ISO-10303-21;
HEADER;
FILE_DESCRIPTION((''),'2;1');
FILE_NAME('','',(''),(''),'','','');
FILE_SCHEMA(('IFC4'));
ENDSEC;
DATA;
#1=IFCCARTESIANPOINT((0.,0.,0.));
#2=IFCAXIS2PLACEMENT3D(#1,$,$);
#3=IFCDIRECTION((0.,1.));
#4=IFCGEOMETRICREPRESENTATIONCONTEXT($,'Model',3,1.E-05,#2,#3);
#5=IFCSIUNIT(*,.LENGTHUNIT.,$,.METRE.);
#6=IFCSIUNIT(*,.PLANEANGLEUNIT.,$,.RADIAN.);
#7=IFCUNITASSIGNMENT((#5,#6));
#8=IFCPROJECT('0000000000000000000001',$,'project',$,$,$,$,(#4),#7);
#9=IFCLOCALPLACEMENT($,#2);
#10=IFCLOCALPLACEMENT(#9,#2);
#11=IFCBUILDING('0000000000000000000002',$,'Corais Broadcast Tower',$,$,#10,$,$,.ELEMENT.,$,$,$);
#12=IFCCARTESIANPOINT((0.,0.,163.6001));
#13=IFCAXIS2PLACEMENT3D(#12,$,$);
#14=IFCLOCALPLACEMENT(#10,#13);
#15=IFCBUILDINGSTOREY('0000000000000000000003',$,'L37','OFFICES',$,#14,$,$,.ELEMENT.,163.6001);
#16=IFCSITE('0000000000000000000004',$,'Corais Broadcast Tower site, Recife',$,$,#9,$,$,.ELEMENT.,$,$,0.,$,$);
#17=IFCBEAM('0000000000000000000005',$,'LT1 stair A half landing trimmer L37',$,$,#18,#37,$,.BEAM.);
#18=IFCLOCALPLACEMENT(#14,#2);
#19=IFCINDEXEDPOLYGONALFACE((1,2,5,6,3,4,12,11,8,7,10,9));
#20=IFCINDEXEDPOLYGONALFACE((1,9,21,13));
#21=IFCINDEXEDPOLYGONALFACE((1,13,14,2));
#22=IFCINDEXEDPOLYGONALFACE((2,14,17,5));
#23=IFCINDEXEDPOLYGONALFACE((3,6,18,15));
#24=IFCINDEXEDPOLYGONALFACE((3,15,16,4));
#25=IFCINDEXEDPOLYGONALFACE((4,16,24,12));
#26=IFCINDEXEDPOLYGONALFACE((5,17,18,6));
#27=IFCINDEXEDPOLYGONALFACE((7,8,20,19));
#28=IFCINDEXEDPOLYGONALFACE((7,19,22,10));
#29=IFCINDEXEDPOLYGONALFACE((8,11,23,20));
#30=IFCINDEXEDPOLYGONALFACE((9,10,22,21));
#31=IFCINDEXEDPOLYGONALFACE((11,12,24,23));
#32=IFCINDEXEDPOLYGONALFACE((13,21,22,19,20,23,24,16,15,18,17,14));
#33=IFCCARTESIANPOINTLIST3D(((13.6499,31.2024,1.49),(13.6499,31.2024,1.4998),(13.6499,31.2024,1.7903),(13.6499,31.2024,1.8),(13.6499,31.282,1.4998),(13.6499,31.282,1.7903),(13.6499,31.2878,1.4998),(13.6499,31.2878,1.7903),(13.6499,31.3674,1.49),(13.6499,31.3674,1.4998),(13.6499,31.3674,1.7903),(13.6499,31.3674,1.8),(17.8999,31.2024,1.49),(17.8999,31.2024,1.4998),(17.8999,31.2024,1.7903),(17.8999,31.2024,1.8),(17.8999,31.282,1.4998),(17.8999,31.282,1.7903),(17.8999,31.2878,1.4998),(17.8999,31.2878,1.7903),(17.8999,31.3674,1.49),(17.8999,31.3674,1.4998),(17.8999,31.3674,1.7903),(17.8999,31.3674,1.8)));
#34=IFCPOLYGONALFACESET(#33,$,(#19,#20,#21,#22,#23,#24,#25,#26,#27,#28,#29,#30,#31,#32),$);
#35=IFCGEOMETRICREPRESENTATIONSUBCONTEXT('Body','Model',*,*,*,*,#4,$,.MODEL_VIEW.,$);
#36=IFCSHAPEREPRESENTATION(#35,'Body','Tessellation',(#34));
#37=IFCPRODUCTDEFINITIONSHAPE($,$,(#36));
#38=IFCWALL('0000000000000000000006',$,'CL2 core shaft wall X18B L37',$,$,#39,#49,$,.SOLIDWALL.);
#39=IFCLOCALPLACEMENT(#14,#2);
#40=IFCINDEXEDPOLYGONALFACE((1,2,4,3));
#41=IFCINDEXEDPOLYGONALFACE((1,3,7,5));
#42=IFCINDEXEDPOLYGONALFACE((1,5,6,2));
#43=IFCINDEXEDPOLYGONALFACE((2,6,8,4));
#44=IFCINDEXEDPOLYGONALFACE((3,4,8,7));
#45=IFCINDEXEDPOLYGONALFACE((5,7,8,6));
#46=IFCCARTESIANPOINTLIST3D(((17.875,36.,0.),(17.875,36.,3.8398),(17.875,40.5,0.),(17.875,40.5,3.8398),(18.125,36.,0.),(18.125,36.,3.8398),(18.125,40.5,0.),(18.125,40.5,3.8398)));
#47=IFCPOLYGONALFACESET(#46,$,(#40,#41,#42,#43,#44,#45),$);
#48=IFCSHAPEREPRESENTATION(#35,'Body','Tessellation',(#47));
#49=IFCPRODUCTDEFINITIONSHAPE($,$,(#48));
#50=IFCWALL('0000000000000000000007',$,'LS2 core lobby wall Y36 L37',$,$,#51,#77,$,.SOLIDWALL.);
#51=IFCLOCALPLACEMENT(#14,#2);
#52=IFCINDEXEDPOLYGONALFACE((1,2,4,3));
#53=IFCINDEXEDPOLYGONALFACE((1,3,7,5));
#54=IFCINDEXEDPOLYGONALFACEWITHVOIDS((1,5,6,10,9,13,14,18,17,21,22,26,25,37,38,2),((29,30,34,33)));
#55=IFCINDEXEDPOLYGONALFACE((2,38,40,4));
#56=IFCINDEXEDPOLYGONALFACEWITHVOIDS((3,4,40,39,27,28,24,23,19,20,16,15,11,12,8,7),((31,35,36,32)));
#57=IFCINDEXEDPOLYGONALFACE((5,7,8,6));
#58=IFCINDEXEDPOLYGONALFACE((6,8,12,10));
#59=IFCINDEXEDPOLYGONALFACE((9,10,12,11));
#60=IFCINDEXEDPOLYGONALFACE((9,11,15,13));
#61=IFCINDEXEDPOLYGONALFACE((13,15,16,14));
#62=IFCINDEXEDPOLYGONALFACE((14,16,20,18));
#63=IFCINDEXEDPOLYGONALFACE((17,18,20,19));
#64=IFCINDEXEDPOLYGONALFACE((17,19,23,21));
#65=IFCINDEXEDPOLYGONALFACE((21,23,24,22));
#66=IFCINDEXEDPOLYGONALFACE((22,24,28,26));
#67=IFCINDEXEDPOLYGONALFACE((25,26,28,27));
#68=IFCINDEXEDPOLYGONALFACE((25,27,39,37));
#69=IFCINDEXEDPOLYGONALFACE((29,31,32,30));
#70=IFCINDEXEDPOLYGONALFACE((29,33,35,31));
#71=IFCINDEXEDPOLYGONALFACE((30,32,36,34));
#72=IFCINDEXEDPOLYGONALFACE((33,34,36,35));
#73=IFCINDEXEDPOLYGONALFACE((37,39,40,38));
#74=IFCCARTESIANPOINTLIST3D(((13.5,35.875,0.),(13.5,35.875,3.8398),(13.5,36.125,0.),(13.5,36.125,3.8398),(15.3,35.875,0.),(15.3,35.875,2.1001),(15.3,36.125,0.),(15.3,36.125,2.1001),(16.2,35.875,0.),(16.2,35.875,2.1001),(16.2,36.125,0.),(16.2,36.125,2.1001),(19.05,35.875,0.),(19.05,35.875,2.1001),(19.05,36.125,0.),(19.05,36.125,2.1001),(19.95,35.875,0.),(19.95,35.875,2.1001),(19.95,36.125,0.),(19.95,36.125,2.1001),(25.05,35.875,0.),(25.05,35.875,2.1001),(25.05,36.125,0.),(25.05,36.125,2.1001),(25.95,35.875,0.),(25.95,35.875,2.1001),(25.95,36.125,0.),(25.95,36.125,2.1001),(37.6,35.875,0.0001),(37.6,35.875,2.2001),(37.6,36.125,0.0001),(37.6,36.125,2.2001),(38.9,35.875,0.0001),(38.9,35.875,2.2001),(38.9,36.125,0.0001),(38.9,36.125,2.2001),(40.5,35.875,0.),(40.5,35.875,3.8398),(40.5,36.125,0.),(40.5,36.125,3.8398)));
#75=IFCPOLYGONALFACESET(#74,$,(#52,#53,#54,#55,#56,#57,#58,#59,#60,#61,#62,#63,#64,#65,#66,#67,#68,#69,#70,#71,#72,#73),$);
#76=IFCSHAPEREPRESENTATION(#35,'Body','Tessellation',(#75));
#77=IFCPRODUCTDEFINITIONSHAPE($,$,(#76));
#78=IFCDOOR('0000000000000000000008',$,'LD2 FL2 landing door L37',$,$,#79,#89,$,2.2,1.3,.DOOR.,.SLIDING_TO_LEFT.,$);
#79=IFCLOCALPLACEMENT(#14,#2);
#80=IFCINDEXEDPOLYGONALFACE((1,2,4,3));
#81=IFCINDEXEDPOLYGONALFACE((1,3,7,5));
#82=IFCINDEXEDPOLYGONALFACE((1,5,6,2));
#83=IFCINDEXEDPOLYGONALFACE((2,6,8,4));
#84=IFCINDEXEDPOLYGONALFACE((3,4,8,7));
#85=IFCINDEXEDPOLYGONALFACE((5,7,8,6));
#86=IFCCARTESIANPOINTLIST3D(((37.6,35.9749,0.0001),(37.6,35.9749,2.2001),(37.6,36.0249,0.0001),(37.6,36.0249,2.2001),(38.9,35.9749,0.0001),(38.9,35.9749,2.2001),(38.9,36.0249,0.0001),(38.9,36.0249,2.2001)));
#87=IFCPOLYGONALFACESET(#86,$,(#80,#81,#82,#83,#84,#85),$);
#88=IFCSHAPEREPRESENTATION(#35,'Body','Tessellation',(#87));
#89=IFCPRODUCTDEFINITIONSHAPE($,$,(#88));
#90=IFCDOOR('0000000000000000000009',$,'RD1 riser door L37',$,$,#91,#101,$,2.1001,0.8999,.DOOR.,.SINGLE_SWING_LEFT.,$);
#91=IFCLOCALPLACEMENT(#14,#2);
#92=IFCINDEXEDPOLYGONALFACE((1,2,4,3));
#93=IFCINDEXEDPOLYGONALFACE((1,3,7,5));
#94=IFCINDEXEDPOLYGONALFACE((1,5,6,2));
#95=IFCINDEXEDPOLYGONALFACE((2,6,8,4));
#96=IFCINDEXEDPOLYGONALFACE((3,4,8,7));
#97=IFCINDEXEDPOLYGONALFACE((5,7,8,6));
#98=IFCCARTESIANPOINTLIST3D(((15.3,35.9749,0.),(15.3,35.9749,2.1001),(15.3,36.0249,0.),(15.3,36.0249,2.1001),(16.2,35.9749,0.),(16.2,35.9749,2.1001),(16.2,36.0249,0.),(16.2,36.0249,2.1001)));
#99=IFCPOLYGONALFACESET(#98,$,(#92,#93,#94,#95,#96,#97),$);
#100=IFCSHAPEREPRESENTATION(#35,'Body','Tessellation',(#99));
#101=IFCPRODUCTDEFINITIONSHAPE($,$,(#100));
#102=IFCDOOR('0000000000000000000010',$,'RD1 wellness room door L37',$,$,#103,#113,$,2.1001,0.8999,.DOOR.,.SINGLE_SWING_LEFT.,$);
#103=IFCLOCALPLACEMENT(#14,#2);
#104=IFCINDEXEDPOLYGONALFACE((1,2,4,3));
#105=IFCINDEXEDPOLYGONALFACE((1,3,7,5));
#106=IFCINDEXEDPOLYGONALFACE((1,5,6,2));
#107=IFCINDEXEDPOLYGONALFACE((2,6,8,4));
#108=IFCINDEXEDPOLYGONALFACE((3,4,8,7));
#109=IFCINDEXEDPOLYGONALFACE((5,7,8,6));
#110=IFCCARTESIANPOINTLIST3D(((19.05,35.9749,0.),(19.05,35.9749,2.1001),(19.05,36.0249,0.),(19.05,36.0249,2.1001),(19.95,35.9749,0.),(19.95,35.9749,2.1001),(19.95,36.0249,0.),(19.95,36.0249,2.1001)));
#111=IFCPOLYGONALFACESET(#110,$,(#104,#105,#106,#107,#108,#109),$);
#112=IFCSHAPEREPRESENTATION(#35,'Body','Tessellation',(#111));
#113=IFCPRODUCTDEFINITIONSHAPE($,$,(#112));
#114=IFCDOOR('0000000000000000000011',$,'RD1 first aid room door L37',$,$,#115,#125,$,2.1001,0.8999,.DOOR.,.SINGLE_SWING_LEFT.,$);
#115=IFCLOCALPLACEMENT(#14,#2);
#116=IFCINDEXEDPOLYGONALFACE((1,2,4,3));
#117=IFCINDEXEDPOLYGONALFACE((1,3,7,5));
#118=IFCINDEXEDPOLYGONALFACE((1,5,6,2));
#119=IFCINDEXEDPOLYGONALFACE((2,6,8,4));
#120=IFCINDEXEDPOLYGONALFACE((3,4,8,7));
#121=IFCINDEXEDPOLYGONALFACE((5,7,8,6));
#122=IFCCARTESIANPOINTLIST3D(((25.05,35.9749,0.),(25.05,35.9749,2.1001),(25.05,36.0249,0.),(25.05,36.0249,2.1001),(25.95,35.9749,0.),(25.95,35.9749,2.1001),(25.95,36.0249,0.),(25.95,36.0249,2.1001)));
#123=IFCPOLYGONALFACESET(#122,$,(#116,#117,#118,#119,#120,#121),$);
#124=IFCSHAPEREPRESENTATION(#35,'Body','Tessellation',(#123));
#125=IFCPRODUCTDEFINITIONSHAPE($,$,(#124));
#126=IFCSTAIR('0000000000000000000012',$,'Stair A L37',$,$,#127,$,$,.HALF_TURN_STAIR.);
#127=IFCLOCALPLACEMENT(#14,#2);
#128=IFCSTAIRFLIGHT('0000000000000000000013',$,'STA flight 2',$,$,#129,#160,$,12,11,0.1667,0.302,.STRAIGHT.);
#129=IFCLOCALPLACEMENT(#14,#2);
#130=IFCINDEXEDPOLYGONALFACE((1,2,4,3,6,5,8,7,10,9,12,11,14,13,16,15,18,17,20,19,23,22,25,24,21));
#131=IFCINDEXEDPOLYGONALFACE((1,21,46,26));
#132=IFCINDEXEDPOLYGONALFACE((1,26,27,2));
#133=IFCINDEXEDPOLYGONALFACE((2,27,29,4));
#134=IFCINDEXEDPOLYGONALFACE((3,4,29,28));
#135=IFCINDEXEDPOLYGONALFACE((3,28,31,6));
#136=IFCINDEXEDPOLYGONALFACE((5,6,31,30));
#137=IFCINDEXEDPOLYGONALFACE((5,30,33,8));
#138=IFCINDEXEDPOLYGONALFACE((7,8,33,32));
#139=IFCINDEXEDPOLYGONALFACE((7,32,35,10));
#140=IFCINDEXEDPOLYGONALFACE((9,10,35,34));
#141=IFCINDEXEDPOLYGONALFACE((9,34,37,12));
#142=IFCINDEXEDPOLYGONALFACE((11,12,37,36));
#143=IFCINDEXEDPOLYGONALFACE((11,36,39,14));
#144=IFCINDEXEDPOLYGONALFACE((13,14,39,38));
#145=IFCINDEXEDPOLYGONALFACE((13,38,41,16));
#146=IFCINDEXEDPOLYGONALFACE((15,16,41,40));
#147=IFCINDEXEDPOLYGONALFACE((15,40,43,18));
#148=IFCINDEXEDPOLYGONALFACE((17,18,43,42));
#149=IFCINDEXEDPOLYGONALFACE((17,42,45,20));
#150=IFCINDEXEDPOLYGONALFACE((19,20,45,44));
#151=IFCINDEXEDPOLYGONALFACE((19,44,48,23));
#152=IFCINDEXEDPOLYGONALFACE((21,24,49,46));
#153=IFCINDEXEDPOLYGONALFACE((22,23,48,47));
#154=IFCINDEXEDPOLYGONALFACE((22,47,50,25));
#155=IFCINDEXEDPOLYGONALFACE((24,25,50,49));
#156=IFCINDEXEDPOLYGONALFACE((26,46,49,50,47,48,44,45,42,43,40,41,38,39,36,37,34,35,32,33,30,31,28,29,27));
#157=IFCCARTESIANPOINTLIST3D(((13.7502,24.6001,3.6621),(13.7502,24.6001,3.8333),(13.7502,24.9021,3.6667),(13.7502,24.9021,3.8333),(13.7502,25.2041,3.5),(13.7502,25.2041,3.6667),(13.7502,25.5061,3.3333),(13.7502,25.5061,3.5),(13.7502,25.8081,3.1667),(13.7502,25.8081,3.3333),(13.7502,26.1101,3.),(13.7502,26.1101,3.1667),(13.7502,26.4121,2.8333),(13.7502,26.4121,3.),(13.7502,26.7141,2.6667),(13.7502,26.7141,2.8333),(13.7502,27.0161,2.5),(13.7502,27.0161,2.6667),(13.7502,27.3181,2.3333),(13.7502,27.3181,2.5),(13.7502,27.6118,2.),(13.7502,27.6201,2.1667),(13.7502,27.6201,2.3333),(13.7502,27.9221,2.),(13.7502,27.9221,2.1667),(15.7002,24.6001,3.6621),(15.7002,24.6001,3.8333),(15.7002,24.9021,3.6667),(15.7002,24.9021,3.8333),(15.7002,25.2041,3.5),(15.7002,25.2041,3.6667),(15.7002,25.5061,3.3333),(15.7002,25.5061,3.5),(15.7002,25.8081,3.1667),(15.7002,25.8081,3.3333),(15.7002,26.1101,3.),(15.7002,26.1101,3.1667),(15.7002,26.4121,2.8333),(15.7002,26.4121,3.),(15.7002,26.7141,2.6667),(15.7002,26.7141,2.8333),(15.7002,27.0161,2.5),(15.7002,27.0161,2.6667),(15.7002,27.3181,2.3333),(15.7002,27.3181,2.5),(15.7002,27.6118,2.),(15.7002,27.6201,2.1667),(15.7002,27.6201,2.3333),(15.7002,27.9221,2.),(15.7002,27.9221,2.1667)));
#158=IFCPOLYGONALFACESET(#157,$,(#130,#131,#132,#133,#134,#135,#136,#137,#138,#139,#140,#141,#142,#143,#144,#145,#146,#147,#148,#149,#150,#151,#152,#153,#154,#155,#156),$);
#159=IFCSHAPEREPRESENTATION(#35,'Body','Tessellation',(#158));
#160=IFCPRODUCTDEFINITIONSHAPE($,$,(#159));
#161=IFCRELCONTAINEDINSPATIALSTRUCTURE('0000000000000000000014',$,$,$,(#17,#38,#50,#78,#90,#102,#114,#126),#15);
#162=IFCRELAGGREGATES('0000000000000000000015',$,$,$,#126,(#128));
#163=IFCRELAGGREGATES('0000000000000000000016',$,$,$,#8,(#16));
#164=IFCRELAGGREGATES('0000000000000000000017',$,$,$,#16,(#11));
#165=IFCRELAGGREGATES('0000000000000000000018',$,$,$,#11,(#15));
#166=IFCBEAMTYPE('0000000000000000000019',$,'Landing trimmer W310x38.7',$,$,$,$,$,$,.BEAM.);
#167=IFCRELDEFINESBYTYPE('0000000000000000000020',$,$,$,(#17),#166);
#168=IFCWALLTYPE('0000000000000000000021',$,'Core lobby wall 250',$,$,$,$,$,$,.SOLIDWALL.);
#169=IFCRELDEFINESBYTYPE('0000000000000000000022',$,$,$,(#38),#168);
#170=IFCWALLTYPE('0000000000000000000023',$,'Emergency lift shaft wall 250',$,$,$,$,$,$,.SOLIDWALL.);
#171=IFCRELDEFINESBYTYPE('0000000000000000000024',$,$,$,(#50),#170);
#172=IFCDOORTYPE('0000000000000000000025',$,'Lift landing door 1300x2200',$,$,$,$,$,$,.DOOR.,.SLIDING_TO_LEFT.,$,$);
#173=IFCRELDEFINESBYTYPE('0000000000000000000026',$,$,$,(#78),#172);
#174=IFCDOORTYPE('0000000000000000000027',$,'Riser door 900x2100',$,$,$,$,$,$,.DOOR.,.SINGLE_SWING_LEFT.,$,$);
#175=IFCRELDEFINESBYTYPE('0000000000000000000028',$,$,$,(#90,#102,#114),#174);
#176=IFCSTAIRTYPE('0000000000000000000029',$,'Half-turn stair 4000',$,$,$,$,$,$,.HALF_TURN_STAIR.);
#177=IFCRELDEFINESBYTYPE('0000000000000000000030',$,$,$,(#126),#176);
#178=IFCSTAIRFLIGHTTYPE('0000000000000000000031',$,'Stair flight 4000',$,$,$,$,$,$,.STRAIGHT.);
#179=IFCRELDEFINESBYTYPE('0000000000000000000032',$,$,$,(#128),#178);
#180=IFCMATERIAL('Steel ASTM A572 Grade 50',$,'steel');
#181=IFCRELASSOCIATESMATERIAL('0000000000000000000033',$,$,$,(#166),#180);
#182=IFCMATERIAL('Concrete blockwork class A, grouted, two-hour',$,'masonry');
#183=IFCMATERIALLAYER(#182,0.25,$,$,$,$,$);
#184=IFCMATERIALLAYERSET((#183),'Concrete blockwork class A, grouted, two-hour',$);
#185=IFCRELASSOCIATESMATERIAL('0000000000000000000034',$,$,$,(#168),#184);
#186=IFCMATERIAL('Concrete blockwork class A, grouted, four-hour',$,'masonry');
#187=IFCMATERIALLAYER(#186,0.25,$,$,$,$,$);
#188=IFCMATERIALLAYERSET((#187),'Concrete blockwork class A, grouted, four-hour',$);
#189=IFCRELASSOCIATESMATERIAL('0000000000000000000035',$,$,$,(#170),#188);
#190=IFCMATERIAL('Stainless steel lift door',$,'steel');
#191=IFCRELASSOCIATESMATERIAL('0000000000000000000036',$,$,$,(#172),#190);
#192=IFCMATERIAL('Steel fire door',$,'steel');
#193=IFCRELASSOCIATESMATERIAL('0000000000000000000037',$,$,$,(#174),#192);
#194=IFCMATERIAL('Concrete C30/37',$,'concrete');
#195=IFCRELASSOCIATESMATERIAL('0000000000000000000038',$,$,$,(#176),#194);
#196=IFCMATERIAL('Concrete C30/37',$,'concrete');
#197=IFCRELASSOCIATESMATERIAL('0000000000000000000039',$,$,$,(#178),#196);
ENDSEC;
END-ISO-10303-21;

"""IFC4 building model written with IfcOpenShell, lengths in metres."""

from ifc_helpers import new_model, si_unit, direction, frame, frame_2d, origin, origin_2d, place, context, subcontext, project, spatial, polyline, rectangle, i_section, outline, extrude, material, layer, layer_set, material_profile, profile_set, type_object, element, fill, aggregate, save


model = new_model("IFC4")

# Units and contexts
model_context = context("Model", 3, precision=1e-05, world=origin(), true_north=direction((0.0, 1.0)))
body_context = subcontext(model_context, "Body", "Model", "MODEL_VIEW")
ifc_project = project(units=[si_unit("LENGTHUNIT", "METRE"), si_unit("PLANEANGLEUNIT", "RADIAN")], contexts=[model_context])

# Site, building, storey
site_placement = place(None, origin())
site = spatial("IfcSite", under=ifc_project, at=site_placement, Name="Corais Broadcast Tower site, Recife", CompositionType="ELEMENT", RefElevation=0.0)
building_placement = place(site_placement, origin())
building = spatial("IfcBuilding", under=site, at=building_placement, Name="Corais Broadcast Tower", CompositionType="ELEMENT")
storey_placement = place(building_placement, frame((0.0, 0.0, 163.6001)))
storey = spatial("IfcBuildingStorey", under=building, at=storey_placement, Name="L37", Description="OFFICES", CompositionType="ELEMENT", Elevation=163.6001)

# Beam
ifc_material_1 = material(Name="Steel ASTM A572 Grade 50", Category="steel")
ifc_material_profile = material_profile(ifc_material_1, i_section(OverallWidth=0.165, OverallDepth=0.3101, WebThickness=0.0059, FlangeThickness=0.0098, at=origin_2d()), Name="W310x38.7")
ifc_profile_set = profile_set([ifc_material_profile], Name="Steel ASTM A572 Grade 50")
beam_type = type_object("IfcBeamType", Name="Landing trimmer W310x38.7", PredefinedType="BEAM", material=ifc_profile_set)
beam_placement = place(storey_placement, frame((13.6499, 31.2849, 1.645), z_axis=(1.0, 0.0, 0.0), x_axis=(0.0, 1.0, 0.0)))
element("IfcBeam", 1, at=beam_placement, inside=storey, type_object=beam_type, Name="LT1 stair A half landing trimmer L37", PredefinedType="BEAM", context=body_context, shape_type="SweptSolid", body=[
    extrude(i_section(OverallWidth=0.165, OverallDepth=0.3101, WebThickness=0.0059, FlangeThickness=0.0098, at=origin_2d()), origin(), (0.0, 0.0, 1.0), 4.25),
])

# Wall
ifc_material_2 = material(Name="Concrete blockwork class A, grouted, two-hour", Category="masonry")
ifc_layer_1 = layer(ifc_material_2, 0.25)
ifc_layer_set_1 = layer_set([ifc_layer_1], Name="Concrete blockwork class A, grouted, two-hour")
wall_type_1 = type_object("IfcWallType", Name="Core lobby wall 250", PredefinedType="SOLIDWALL", material=ifc_layer_set_1)
wall_1_placement = place(storey_placement, frame((18.0, 36.0, 0.0), z_axis=(0.0, 0.0, 1.0), x_axis=(0.0, 1.0, 0.0)))
element("IfcWall", 2, at=wall_1_placement, inside=storey, type_object=wall_type_1, Name="CL2 core shaft wall X18B L37", PredefinedType="SOLIDWALL", context=body_context, shape_type="SweptSolid", body=[
    extrude(rectangle(XDim=4.5, YDim=0.25, at=frame_2d((2.25, 0.0))), origin(), (0.0, 0.0, 1.0), 3.8398),
])

# Wall, openings, doors
ifc_material_3 = material(Name="Concrete blockwork class A, grouted, four-hour", Category="masonry")
ifc_layer_2 = layer(ifc_material_3, 0.25)
ifc_layer_set_2 = layer_set([ifc_layer_2], Name="Concrete blockwork class A, grouted, four-hour")
wall_type_2 = type_object("IfcWallType", Name="Emergency lift shaft wall 250", PredefinedType="SOLIDWALL", material=ifc_layer_set_2)
wall_2_placement = place(storey_placement, frame((13.5, 36.0, 0.0), z_axis=(0.0, 0.0, 1.0), x_axis=(1.0, 0.0, 0.0)))
wall_2 = element("IfcWall", 3, at=wall_2_placement, inside=storey, type_object=wall_type_2, Name="LS2 core lobby wall Y36 L37", PredefinedType="SOLIDWALL", context=body_context, shape_type="SweptSolid", body=[
    extrude(rectangle(XDim=27.0, YDim=0.25, at=frame_2d((13.5, 0.0))), origin(), (0.0, 0.0, 1.0), 3.8398),
])
opening_1_placement = place(wall_2_placement, frame((1.8, 0.0, 0.0)))
opening_1 = element("IfcOpeningElement", 4, at=opening_1_placement, cuts=wall_2, PredefinedType="OPENING", context=body_context, shape_type="SweptSolid", body=[
    extrude(rectangle(XDim=0.8999, YDim=2.1001, at=frame_2d((0.45, 1.05))), frame((0.0, 0.135, 0.0), z_axis=(0.0, -1.0, 0.0), x_axis=(1.0, 0.0, 0.0)), (0.0, 0.0, 1.0), 0.27),
])
opening_2_placement = place(wall_2_placement, frame((5.55, 0.0, 0.0)))
opening_2 = element("IfcOpeningElement", 5, at=opening_2_placement, cuts=wall_2, PredefinedType="OPENING", context=body_context, shape_type="SweptSolid", body=[
    extrude(rectangle(XDim=0.8999, YDim=2.1001, at=frame_2d((0.45, 1.05))), frame((0.0, 0.135, 0.0), z_axis=(0.0, -1.0, 0.0), x_axis=(1.0, 0.0, 0.0)), (0.0, 0.0, 1.0), 0.27),
])
opening_3_placement = place(wall_2_placement, frame((11.55, 0.0, 0.0)))
opening_3 = element("IfcOpeningElement", 6, at=opening_3_placement, cuts=wall_2, PredefinedType="OPENING", context=body_context, shape_type="SweptSolid", body=[
    extrude(rectangle(XDim=0.8999, YDim=2.1001, at=frame_2d((0.45, 1.05))), frame((0.0, 0.135, 0.0), z_axis=(0.0, -1.0, 0.0), x_axis=(1.0, 0.0, 0.0)), (0.0, 0.0, 1.0), 0.27),
])
opening_4_placement = place(wall_2_placement, frame((24.1001, 0.0, 0.0)))
opening_4 = element("IfcOpeningElement", 7, at=opening_4_placement, cuts=wall_2, PredefinedType="OPENING", context=body_context, shape_type="SweptSolid", body=[
    extrude(rectangle(XDim=1.3, YDim=2.2, at=frame_2d((0.6499, 1.1001))), frame((0.0, 0.135, 0.0), z_axis=(0.0, -1.0, 0.0), x_axis=(1.0, 0.0, 0.0)), (0.0, 0.0, 1.0), 0.27),
])
ifc_material_4 = material(Name="Stainless steel lift door", Category="steel")
door_type_1 = type_object("IfcDoorType", Name="Lift landing door 1300x2200", OperationType="SLIDING_TO_LEFT", PredefinedType="DOOR", material=ifc_material_4)
door_1_placement = place(opening_4_placement, origin())
door_1 = element("IfcDoor", 8, at=door_1_placement, inside=storey, type_object=door_type_1, Name="LD2 FL2 landing door L37", OperationType="SLIDING_TO_LEFT", OverallHeight=2.2, OverallWidth=1.3, PredefinedType="DOOR", context=body_context, shape_type="SweptSolid", body=[
    extrude(rectangle(XDim=1.3, YDim=2.2, at=frame_2d((0.6499, 1.1001))), frame((0.0, 0.0249, 0.0), z_axis=(0.0, -1.0, 0.0), x_axis=(1.0, 0.0, 0.0)), (0.0, 0.0, 1.0), 0.05),
])
fill(opening_4, door_1)
ifc_material_5 = material(Name="Steel fire door", Category="steel")
door_type_2 = type_object("IfcDoorType", Name="Riser door 900x2100", OperationType="SINGLE_SWING_LEFT", PredefinedType="DOOR", material=ifc_material_5)
door_2_placement = place(opening_1_placement, origin())
door_2 = element("IfcDoor", 9, at=door_2_placement, inside=storey, type_object=door_type_2, Name="RD1 riser door L37", OperationType="SINGLE_SWING_LEFT", OverallHeight=2.1001, OverallWidth=0.8999, PredefinedType="DOOR", context=body_context, shape_type="SweptSolid", body=[
    extrude(rectangle(XDim=0.8999, YDim=2.1001, at=frame_2d((0.45, 1.05))), frame((0.0, 0.0249, 0.0), z_axis=(0.0, -1.0, 0.0), x_axis=(1.0, 0.0, 0.0)), (0.0, 0.0, 1.0), 0.05),
])
fill(opening_1, door_2)
door_3_placement = place(opening_2_placement, origin())
door_3 = element("IfcDoor", 10, at=door_3_placement, inside=storey, type_object=door_type_2, Name="RD1 wellness room door L37", OperationType="SINGLE_SWING_LEFT", OverallHeight=2.1001, OverallWidth=0.8999, PredefinedType="DOOR", context=body_context, shape_type="SweptSolid", body=[
    extrude(rectangle(XDim=0.8999, YDim=2.1001, at=frame_2d((0.45, 1.05))), frame((0.0, 0.0249, 0.0), z_axis=(0.0, -1.0, 0.0), x_axis=(1.0, 0.0, 0.0)), (0.0, 0.0, 1.0), 0.05),
])
fill(opening_2, door_3)
door_4_placement = place(opening_3_placement, origin())
door_4 = element("IfcDoor", 11, at=door_4_placement, inside=storey, type_object=door_type_2, Name="RD1 first aid room door L37", OperationType="SINGLE_SWING_LEFT", OverallHeight=2.1001, OverallWidth=0.8999, PredefinedType="DOOR", context=body_context, shape_type="SweptSolid", body=[
    extrude(rectangle(XDim=0.8999, YDim=2.1001, at=frame_2d((0.45, 1.05))), frame((0.0, 0.0249, 0.0), z_axis=(0.0, -1.0, 0.0), x_axis=(1.0, 0.0, 0.0)), (0.0, 0.0, 1.0), 0.05),
])
fill(opening_3, door_4)

# Stair, stair flight
ifc_material_6 = material(Name="Concrete C30/37", Category="concrete")
stair_type = type_object("IfcStairType", Name="Half-turn stair 4000", PredefinedType="HALF_TURN_STAIR", material=ifc_material_6)
stair_placement = place(storey_placement, origin())
stair = element("IfcStair", 12, at=stair_placement, inside=storey, type_object=stair_type, Name="Stair A L37", PredefinedType="HALF_TURN_STAIR")
ifc_material_7 = material(Name="Concrete C30/37", Category="concrete")
stair_flight_type = type_object("IfcStairFlightType", Name="Stair flight 4000", PredefinedType="STRAIGHT", material=ifc_material_7)
stair_flight_placement = place(storey_placement, frame((14.7251, 27.9221, 2.0), z_axis=(0.0, 0.0, 1.0), x_axis=(0.0, -1.0, 0.0)))
stair_flight = element("IfcStairFlight", 13, at=stair_flight_placement, type_object=stair_flight_type, Name="STA flight 2", NumberOfRisers=12, NumberOfTreads=11, PredefinedType="STRAIGHT", RiserHeight=0.1667, TreadLength=0.302, context=body_context, shape_type="SweptSolid", body=[
    extrude(outline(polyline([(0.0, 0.0), (0.0, 0.1667), (0.302, 0.1667), (0.302, 0.3333), (0.604, 0.3333), (0.604, 0.5), (0.906, 0.5), (0.906, 0.6667), (1.208, 0.6667), (1.208, 0.8333), (1.51, 0.8333), (1.51, 1.0), (1.812, 1.0), (1.812, 1.1667), (2.114, 1.1667), (2.114, 1.3333), (2.416, 1.3333), (2.416, 1.5), (2.718, 1.5), (2.718, 1.6667), (3.02, 1.6667), (3.02, 1.8333), (3.322, 1.8333), (3.322, 2.0), (3.322, 1.6621), (0.3103, 0.0), (0.0, 0.0)])), frame((0.0, 0.9751, 0.0), z_axis=(0.0, -1.0, 0.0), x_axis=(1.0, 0.0, 0.0)), (0.0, 0.0, 1.0), 1.95),
])
aggregate(stair, [stair_flight])

save(model, "model.ifc")
